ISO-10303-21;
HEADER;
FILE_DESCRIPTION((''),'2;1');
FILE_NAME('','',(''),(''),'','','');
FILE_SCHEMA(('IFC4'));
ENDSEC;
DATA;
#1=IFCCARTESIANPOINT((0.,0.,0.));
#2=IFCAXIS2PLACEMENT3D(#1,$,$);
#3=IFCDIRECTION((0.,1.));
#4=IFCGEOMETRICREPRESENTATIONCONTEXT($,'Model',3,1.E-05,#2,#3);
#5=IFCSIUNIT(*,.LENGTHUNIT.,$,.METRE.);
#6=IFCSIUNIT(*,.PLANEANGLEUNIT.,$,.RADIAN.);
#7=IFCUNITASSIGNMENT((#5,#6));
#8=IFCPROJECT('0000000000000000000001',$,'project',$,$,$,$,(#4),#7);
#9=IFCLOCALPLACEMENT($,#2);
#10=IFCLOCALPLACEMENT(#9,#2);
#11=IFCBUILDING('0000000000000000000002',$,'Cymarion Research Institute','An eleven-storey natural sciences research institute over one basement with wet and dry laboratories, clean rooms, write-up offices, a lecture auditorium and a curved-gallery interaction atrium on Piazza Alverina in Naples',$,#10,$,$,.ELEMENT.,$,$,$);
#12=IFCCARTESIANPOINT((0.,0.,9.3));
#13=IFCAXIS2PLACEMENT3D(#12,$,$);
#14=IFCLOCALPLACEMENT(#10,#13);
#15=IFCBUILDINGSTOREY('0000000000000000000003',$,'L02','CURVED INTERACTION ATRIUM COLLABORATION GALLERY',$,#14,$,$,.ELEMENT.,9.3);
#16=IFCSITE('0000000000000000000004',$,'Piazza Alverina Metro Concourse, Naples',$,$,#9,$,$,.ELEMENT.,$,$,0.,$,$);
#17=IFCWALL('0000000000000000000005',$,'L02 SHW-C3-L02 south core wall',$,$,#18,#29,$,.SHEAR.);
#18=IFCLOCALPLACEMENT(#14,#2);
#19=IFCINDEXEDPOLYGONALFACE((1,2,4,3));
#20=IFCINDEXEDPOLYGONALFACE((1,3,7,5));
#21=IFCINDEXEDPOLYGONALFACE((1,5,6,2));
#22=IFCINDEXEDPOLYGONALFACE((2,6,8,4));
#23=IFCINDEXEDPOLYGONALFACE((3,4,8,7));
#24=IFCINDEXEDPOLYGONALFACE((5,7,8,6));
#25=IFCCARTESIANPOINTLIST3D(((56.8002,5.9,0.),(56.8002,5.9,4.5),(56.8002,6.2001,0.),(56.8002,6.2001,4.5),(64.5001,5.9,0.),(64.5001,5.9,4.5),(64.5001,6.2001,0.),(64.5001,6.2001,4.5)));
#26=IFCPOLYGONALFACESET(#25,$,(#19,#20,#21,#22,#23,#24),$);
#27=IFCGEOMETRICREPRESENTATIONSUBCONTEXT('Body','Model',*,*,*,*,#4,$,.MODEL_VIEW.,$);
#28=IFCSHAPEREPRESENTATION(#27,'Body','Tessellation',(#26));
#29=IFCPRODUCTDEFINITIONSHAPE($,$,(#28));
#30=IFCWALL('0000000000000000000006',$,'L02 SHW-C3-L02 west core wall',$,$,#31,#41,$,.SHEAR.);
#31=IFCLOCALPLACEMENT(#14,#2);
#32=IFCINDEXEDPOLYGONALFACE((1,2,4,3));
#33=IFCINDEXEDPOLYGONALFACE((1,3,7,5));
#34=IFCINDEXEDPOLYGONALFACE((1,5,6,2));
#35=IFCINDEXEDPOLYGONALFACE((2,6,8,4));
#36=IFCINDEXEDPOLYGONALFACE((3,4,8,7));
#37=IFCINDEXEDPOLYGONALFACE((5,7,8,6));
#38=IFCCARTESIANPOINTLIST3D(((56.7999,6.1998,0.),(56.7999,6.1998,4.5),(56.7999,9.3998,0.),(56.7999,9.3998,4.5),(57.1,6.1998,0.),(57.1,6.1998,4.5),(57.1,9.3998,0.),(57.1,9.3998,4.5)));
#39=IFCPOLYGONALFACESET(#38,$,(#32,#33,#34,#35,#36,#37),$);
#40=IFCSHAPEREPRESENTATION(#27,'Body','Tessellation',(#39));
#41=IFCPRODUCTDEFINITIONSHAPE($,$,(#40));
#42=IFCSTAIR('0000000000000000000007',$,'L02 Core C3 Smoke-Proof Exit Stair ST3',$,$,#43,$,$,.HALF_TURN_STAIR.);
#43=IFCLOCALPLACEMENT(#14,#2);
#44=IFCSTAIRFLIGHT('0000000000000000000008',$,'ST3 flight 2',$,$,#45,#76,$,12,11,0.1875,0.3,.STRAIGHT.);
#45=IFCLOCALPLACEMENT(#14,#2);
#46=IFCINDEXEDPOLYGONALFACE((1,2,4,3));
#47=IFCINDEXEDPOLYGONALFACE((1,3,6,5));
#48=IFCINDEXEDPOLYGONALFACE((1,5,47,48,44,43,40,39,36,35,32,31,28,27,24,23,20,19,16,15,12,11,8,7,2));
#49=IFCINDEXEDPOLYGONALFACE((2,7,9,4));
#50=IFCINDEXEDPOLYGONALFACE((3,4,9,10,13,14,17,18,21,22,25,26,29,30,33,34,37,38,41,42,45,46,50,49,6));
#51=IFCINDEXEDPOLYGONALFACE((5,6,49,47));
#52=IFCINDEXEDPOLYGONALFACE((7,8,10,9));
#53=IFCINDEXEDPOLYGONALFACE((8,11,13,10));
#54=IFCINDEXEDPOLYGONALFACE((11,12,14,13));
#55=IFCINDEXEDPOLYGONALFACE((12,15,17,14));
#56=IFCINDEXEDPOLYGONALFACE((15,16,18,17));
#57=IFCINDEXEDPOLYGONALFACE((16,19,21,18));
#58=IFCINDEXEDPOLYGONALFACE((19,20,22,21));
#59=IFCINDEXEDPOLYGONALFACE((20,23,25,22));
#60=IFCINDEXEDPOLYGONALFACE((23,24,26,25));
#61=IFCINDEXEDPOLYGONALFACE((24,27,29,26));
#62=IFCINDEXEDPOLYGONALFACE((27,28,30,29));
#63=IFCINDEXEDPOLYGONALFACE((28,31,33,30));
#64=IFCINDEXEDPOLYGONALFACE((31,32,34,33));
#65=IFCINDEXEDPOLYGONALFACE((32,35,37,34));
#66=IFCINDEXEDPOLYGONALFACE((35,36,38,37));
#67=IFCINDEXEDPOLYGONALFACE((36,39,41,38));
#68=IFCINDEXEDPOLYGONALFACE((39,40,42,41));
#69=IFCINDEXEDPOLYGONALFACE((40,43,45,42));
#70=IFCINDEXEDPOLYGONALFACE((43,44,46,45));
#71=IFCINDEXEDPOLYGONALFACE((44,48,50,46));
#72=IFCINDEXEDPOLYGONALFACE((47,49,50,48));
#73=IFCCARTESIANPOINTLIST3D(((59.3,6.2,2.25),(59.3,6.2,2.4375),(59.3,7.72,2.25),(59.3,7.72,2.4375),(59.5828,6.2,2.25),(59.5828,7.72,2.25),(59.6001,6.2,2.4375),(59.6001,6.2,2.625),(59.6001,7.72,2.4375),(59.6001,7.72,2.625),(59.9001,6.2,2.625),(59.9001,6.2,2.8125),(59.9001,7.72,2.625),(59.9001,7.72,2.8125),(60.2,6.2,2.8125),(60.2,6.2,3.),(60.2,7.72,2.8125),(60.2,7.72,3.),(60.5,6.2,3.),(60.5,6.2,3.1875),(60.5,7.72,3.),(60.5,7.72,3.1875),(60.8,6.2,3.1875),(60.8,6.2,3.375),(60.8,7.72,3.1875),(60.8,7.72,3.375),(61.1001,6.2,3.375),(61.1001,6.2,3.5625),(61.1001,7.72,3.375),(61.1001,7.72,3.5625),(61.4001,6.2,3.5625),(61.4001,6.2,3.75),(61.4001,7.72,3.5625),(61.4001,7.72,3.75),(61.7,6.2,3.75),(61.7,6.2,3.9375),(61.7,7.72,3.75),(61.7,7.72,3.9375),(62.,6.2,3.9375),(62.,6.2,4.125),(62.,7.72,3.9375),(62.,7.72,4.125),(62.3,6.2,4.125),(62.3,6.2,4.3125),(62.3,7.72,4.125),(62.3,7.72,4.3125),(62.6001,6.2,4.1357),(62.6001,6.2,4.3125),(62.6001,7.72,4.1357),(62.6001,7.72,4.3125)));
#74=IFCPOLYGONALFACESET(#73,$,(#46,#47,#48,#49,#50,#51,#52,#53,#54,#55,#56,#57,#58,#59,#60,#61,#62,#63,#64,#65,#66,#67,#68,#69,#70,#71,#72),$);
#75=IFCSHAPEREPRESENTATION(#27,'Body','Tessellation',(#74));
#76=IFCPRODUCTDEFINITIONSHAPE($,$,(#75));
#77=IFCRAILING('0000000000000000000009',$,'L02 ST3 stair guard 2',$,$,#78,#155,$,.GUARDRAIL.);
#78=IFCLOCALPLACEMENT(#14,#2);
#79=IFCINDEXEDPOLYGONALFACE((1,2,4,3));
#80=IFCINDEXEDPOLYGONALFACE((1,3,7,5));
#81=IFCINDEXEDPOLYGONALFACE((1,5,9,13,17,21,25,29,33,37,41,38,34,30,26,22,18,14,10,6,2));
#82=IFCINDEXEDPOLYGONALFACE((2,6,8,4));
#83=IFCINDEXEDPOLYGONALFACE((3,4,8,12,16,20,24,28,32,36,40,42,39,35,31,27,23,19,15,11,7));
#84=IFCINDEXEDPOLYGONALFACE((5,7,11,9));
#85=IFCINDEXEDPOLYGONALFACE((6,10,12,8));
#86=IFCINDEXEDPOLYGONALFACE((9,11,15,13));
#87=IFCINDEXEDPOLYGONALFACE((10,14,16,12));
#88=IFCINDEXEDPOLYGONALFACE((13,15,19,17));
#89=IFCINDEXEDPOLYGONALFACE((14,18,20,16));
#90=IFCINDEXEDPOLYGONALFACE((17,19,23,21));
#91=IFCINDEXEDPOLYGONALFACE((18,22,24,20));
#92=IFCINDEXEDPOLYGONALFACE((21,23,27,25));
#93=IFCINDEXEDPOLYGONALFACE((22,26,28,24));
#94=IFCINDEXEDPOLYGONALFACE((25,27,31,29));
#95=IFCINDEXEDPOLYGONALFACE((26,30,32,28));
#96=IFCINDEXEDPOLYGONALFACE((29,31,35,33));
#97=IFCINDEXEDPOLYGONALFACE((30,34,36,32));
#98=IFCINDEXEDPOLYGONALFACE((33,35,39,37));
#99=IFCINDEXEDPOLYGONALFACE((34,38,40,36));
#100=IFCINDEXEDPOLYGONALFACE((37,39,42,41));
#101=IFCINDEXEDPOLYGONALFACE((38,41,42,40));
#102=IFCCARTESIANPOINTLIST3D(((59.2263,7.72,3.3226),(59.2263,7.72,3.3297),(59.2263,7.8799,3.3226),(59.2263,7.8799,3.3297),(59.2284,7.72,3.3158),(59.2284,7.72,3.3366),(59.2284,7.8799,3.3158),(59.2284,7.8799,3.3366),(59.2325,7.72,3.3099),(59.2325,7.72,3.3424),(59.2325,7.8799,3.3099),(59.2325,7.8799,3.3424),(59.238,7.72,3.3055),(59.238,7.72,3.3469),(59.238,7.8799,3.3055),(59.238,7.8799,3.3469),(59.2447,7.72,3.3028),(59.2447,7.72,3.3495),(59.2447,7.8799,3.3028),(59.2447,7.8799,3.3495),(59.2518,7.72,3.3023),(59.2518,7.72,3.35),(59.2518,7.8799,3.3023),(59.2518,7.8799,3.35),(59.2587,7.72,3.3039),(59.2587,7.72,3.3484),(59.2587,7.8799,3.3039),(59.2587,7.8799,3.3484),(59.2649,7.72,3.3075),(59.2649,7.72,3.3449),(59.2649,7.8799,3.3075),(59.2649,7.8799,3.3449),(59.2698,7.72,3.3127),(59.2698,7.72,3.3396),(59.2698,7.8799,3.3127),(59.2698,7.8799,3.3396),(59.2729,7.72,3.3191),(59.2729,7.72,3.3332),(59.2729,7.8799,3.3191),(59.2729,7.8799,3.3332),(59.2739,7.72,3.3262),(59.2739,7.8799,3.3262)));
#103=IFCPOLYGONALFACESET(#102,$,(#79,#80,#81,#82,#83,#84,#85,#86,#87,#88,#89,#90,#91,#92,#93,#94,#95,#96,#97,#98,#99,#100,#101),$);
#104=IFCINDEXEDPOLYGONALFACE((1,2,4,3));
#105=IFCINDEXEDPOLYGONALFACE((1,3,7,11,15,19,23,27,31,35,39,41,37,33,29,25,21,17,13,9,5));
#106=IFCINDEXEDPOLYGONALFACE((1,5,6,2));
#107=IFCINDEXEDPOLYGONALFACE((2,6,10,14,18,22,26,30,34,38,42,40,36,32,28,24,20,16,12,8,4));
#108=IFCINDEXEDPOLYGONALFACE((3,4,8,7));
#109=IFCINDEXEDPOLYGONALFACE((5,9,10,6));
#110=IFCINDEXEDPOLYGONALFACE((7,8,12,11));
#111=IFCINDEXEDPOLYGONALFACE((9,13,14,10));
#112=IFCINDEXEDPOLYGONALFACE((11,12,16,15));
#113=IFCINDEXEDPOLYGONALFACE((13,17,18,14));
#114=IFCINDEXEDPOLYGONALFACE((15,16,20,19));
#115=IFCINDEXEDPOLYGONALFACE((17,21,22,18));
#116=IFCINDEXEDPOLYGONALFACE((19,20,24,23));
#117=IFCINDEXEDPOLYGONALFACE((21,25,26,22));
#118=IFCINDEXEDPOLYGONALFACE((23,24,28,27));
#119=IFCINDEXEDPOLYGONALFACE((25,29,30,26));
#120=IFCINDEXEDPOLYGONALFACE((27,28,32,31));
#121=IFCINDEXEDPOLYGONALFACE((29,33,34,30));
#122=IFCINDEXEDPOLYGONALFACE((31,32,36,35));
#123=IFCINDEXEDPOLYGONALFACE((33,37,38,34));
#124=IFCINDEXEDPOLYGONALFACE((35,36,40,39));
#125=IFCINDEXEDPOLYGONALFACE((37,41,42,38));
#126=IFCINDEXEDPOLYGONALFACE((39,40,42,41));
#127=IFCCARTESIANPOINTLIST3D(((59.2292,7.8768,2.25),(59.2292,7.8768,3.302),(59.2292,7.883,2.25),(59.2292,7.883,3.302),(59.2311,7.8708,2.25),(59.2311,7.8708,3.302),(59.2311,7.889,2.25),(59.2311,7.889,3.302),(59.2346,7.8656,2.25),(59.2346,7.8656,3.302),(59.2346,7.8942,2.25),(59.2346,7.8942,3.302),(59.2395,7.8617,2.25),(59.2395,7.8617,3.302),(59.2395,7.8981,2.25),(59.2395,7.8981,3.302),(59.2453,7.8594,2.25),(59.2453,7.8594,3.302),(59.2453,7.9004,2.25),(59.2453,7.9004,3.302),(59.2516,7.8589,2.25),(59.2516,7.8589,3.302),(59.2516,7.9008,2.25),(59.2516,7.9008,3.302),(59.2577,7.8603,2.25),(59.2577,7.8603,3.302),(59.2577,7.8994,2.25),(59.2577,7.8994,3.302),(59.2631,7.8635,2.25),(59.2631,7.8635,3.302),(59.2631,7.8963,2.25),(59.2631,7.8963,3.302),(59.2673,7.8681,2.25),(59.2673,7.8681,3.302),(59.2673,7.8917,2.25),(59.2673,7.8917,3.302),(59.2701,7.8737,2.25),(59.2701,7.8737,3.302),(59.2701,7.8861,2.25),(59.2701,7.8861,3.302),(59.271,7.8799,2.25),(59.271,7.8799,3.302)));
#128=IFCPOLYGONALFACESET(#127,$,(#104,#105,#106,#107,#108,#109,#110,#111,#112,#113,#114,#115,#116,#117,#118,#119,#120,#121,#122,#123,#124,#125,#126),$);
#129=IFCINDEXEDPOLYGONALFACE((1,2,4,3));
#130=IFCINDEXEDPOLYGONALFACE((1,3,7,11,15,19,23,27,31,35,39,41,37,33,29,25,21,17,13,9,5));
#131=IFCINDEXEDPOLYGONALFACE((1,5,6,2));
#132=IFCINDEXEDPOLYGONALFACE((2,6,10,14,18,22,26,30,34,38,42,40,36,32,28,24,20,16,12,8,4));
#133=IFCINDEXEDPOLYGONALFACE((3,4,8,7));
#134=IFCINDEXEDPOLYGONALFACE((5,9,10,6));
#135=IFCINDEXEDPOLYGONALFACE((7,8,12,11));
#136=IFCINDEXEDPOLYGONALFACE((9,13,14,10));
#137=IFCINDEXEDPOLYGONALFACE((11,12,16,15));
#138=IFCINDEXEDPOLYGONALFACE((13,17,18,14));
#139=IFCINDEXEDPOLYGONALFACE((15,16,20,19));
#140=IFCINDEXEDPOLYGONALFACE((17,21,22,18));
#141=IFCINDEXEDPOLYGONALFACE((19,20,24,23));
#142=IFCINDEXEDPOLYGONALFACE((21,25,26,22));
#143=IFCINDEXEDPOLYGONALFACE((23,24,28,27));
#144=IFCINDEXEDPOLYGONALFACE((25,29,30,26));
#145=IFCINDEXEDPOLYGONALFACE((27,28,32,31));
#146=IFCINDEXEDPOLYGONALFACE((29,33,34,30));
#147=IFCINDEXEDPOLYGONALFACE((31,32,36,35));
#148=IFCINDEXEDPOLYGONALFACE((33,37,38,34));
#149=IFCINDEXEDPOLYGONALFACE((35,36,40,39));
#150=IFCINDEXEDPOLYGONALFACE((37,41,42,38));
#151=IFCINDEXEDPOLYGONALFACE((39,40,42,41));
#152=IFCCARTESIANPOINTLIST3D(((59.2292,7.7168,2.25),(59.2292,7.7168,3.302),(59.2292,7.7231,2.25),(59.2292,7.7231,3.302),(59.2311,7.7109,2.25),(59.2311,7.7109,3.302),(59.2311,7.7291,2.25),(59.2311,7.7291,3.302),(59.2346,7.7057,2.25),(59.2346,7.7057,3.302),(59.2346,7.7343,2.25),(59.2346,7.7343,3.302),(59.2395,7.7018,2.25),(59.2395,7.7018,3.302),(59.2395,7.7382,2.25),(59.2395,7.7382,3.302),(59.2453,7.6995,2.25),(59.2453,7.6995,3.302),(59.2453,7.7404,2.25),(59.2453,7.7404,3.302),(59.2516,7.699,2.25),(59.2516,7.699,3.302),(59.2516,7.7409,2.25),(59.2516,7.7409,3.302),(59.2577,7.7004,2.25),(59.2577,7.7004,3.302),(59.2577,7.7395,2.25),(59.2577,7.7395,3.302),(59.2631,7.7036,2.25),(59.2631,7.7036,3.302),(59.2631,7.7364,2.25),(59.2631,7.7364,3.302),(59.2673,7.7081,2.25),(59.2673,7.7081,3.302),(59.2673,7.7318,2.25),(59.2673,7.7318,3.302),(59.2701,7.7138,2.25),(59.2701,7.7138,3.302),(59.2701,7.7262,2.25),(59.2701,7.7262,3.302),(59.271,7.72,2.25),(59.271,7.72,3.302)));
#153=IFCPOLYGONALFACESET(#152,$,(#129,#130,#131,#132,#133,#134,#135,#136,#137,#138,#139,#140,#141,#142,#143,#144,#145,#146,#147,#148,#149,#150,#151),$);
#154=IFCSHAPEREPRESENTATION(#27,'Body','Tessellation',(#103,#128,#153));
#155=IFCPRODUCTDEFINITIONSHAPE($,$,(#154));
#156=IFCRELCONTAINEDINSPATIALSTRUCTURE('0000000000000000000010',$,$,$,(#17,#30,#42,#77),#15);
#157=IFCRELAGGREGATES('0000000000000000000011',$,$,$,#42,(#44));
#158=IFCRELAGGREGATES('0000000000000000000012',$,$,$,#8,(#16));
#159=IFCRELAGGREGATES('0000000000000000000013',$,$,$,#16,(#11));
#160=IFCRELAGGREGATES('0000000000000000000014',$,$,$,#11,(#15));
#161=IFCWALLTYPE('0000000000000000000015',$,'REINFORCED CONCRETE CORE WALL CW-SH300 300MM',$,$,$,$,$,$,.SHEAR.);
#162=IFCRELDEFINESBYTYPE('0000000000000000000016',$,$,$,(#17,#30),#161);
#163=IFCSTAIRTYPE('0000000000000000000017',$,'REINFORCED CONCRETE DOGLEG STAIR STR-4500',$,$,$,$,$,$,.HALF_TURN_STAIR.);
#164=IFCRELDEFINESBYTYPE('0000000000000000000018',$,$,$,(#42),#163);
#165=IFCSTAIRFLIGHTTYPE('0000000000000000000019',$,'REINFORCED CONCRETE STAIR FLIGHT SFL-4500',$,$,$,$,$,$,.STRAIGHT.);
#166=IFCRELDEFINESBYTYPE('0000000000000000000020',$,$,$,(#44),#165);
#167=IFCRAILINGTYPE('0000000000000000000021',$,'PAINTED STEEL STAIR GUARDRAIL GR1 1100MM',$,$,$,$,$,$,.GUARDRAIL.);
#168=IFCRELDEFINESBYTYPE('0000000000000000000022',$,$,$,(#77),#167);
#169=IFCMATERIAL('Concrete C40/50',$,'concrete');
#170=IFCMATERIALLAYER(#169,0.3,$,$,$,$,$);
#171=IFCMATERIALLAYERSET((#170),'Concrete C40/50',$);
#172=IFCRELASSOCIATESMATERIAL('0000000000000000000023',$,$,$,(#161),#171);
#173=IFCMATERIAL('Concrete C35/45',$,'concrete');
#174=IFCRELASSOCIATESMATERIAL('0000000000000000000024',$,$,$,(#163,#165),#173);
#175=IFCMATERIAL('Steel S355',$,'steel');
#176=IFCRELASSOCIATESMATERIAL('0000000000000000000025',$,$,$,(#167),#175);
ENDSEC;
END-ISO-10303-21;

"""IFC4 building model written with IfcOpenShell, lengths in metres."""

from ifc_helpers import new_model, si_unit, direction, frame, frame_2d, origin, origin_2d, place, context, subcontext, project, spatial, polyline, rectangle, circle, outline, extrude, material, layer, layer_set, type_object, element, aggregate, save


model = new_model("IFC4")

# Units and contexts
model_context = context("Model", 3, precision=1e-05, world=origin(), true_north=direction((0.0, 1.0)))
body_context = subcontext(model_context, "Body", "Model", "MODEL_VIEW")
ifc_project = project(units=[si_unit("LENGTHUNIT", "METRE"), si_unit("PLANEANGLEUNIT", "RADIAN")], contexts=[model_context])

# Site, building, storey
site_placement = place(None, origin())
site = spatial("IfcSite", under=ifc_project, at=site_placement, Name="Piazza Alverina Metro Concourse, Naples", CompositionType="ELEMENT", RefElevation=0.0)
building_placement = place(site_placement, origin())
building = spatial("IfcBuilding", under=site, at=building_placement, Name="Cymarion Research Institute", Description="An eleven-storey natural sciences research institute over one basement with wet and dry laboratories, clean rooms, write-up offices, a lecture auditorium and a curved-gallery interaction atrium on Piazza Alverina in Naples", CompositionType="ELEMENT")
storey_placement = place(building_placement, frame((0.0, 0.0, 9.3)))
storey = spatial("IfcBuildingStorey", under=building, at=storey_placement, Name="L02", Description="CURVED INTERACTION ATRIUM COLLABORATION GALLERY", CompositionType="ELEMENT", Elevation=9.3)

# Shared definitions
ifc_material_1 = material(Name="Steel S355", Category="steel")

# Shared definitions
ifc_material_2 = material(Name="Concrete C40/50", Category="concrete")

# Walls
ifc_layer_1 = layer(ifc_material_2, 0.3)
ifc_layer_set_1 = layer_set([ifc_layer_1], Name="Concrete C40/50")
wall_type_1 = type_object("IfcWallType", Name="REINFORCED CONCRETE CORE WALL CW-SH300 300MM", PredefinedType="SHEAR", material=ifc_layer_set_1)
wall_1_placement = place(storey_placement, frame((56.8, 6.05, 0.0), z_axis=(0.0, 0.0, 1.0), x_axis=(1.0, 0.0, 0.0)))
element("IfcWall", 1, at=wall_1_placement, inside=storey, type_object=wall_type_1, Name="L02 SHW-C3-L02 south core wall", PredefinedType="SHEAR", context=body_context, shape_type="SweptSolid", body=[
    extrude(rectangle(XDim=7.7, YDim=0.3, at=frame_2d((3.8501, 0.0))), origin(), (0.0, 0.0, 1.0), 4.5),
])
wall_2_placement = place(storey_placement, frame((56.95, 9.3999, 0.0), z_axis=(0.0, 0.0, 1.0), x_axis=(0.0, -1.0, 0.0)))
element("IfcWall", 2, at=wall_2_placement, inside=storey, type_object=wall_type_1, Name="L02 SHW-C3-L02 west core wall", PredefinedType="SHEAR", context=body_context, shape_type="SweptSolid", body=[
    extrude(rectangle(XDim=3.2, YDim=0.3, at=frame_2d((1.6001, 0.0))), origin(), (0.0, 0.0, 1.0), 4.5),
])

# Stair, stair flight
ifc_material_3 = material(Name="Concrete C35/45", Category="concrete")
stair_type = type_object("IfcStairType", Name="REINFORCED CONCRETE DOGLEG STAIR STR-4500", PredefinedType="HALF_TURN_STAIR", material=ifc_material_3)
stair_placement = place(storey_placement, origin())
stair = element("IfcStair", 3, at=stair_placement, inside=storey, type_object=stair_type, Name="L02 Core C3 Smoke-Proof Exit Stair ST3", PredefinedType="HALF_TURN_STAIR")
stair_flight_type = type_object("IfcStairFlightType", Name="REINFORCED CONCRETE STAIR FLIGHT SFL-4500", PredefinedType="STRAIGHT", material=ifc_material_3)
stair_flight_placement = place(storey_placement, frame((59.3, 6.96, 2.25), z_axis=(0.0, 0.0, 1.0), x_axis=(1.0, 0.0, 0.0)))
stair_flight = element("IfcStairFlight", 4, at=stair_flight_placement, type_object=stair_flight_type, Name="ST3 flight 2", NumberOfRisers=12, NumberOfTreads=11, PredefinedType="STRAIGHT", RiserHeight=0.1875, TreadLength=0.3, context=body_context, shape_type="SweptSolid", body=[
    extrude(outline(polyline([(0.0, 0.0), (0.0, 0.1875), (0.3, 0.1875), (0.3, 0.375), (0.6001, 0.375), (0.6001, 0.5625), (0.8999, 0.5625), (0.8999, 0.75), (1.2, 0.75), (1.2, 0.9375), (1.5, 0.9375), (1.5, 1.125), (1.8, 1.125), (1.8, 1.3125), (2.1001, 1.3125), (2.1001, 1.5), (2.3999, 1.5), (2.3999, 1.6875), (2.7, 1.6875), (2.7, 1.875), (3.0, 1.875), (3.0, 2.0625), (3.3, 2.0625), (3.3, 2.25), (3.3, 1.8857), (0.2827, 0.0), (0.0, 0.0)])), frame((0.0, 0.76, 0.0), z_axis=(0.0, -1.0, 0.0), x_axis=(1.0, 0.0, 0.0)), (0.0, 0.0, 1.0), 1.52),
])
aggregate(stair, [stair_flight])

# Railing
railing_type_1 = type_object("IfcRailingType", Name="PAINTED STEEL STAIR GUARDRAIL GR1 1100MM", PredefinedType="GUARDRAIL", material=ifc_material_1)
railing_1_placement = place(storey_placement, frame((59.25, 7.8799, 2.25)))
element("IfcRailing", 5, at=railing_1_placement, inside=storey, type_object=railing_type_1, Name="L02 ST3 stair guard 2", PredefinedType="GUARDRAIL", context=body_context, shape_type="SweptSolid", body=[
    extrude(circle(Radius=0.0239, at=origin_2d()), frame((0.0, 0.0, 1.0762), z_axis=(0.0, -1.0, 0.0), x_axis=(1.0, 0.0, 0.0)), (0.0, 0.0, 1.0), 0.1599),
    extrude(circle(Radius=0.021, at=origin_2d()), origin(), (0.0, 0.0, 1.0), 1.052),
    extrude(circle(Radius=0.021, at=origin_2d()), frame((0.0, -0.1599, 0.0)), (0.0, 0.0, 1.0), 1.052),
])

save(model, "model.ifc")
